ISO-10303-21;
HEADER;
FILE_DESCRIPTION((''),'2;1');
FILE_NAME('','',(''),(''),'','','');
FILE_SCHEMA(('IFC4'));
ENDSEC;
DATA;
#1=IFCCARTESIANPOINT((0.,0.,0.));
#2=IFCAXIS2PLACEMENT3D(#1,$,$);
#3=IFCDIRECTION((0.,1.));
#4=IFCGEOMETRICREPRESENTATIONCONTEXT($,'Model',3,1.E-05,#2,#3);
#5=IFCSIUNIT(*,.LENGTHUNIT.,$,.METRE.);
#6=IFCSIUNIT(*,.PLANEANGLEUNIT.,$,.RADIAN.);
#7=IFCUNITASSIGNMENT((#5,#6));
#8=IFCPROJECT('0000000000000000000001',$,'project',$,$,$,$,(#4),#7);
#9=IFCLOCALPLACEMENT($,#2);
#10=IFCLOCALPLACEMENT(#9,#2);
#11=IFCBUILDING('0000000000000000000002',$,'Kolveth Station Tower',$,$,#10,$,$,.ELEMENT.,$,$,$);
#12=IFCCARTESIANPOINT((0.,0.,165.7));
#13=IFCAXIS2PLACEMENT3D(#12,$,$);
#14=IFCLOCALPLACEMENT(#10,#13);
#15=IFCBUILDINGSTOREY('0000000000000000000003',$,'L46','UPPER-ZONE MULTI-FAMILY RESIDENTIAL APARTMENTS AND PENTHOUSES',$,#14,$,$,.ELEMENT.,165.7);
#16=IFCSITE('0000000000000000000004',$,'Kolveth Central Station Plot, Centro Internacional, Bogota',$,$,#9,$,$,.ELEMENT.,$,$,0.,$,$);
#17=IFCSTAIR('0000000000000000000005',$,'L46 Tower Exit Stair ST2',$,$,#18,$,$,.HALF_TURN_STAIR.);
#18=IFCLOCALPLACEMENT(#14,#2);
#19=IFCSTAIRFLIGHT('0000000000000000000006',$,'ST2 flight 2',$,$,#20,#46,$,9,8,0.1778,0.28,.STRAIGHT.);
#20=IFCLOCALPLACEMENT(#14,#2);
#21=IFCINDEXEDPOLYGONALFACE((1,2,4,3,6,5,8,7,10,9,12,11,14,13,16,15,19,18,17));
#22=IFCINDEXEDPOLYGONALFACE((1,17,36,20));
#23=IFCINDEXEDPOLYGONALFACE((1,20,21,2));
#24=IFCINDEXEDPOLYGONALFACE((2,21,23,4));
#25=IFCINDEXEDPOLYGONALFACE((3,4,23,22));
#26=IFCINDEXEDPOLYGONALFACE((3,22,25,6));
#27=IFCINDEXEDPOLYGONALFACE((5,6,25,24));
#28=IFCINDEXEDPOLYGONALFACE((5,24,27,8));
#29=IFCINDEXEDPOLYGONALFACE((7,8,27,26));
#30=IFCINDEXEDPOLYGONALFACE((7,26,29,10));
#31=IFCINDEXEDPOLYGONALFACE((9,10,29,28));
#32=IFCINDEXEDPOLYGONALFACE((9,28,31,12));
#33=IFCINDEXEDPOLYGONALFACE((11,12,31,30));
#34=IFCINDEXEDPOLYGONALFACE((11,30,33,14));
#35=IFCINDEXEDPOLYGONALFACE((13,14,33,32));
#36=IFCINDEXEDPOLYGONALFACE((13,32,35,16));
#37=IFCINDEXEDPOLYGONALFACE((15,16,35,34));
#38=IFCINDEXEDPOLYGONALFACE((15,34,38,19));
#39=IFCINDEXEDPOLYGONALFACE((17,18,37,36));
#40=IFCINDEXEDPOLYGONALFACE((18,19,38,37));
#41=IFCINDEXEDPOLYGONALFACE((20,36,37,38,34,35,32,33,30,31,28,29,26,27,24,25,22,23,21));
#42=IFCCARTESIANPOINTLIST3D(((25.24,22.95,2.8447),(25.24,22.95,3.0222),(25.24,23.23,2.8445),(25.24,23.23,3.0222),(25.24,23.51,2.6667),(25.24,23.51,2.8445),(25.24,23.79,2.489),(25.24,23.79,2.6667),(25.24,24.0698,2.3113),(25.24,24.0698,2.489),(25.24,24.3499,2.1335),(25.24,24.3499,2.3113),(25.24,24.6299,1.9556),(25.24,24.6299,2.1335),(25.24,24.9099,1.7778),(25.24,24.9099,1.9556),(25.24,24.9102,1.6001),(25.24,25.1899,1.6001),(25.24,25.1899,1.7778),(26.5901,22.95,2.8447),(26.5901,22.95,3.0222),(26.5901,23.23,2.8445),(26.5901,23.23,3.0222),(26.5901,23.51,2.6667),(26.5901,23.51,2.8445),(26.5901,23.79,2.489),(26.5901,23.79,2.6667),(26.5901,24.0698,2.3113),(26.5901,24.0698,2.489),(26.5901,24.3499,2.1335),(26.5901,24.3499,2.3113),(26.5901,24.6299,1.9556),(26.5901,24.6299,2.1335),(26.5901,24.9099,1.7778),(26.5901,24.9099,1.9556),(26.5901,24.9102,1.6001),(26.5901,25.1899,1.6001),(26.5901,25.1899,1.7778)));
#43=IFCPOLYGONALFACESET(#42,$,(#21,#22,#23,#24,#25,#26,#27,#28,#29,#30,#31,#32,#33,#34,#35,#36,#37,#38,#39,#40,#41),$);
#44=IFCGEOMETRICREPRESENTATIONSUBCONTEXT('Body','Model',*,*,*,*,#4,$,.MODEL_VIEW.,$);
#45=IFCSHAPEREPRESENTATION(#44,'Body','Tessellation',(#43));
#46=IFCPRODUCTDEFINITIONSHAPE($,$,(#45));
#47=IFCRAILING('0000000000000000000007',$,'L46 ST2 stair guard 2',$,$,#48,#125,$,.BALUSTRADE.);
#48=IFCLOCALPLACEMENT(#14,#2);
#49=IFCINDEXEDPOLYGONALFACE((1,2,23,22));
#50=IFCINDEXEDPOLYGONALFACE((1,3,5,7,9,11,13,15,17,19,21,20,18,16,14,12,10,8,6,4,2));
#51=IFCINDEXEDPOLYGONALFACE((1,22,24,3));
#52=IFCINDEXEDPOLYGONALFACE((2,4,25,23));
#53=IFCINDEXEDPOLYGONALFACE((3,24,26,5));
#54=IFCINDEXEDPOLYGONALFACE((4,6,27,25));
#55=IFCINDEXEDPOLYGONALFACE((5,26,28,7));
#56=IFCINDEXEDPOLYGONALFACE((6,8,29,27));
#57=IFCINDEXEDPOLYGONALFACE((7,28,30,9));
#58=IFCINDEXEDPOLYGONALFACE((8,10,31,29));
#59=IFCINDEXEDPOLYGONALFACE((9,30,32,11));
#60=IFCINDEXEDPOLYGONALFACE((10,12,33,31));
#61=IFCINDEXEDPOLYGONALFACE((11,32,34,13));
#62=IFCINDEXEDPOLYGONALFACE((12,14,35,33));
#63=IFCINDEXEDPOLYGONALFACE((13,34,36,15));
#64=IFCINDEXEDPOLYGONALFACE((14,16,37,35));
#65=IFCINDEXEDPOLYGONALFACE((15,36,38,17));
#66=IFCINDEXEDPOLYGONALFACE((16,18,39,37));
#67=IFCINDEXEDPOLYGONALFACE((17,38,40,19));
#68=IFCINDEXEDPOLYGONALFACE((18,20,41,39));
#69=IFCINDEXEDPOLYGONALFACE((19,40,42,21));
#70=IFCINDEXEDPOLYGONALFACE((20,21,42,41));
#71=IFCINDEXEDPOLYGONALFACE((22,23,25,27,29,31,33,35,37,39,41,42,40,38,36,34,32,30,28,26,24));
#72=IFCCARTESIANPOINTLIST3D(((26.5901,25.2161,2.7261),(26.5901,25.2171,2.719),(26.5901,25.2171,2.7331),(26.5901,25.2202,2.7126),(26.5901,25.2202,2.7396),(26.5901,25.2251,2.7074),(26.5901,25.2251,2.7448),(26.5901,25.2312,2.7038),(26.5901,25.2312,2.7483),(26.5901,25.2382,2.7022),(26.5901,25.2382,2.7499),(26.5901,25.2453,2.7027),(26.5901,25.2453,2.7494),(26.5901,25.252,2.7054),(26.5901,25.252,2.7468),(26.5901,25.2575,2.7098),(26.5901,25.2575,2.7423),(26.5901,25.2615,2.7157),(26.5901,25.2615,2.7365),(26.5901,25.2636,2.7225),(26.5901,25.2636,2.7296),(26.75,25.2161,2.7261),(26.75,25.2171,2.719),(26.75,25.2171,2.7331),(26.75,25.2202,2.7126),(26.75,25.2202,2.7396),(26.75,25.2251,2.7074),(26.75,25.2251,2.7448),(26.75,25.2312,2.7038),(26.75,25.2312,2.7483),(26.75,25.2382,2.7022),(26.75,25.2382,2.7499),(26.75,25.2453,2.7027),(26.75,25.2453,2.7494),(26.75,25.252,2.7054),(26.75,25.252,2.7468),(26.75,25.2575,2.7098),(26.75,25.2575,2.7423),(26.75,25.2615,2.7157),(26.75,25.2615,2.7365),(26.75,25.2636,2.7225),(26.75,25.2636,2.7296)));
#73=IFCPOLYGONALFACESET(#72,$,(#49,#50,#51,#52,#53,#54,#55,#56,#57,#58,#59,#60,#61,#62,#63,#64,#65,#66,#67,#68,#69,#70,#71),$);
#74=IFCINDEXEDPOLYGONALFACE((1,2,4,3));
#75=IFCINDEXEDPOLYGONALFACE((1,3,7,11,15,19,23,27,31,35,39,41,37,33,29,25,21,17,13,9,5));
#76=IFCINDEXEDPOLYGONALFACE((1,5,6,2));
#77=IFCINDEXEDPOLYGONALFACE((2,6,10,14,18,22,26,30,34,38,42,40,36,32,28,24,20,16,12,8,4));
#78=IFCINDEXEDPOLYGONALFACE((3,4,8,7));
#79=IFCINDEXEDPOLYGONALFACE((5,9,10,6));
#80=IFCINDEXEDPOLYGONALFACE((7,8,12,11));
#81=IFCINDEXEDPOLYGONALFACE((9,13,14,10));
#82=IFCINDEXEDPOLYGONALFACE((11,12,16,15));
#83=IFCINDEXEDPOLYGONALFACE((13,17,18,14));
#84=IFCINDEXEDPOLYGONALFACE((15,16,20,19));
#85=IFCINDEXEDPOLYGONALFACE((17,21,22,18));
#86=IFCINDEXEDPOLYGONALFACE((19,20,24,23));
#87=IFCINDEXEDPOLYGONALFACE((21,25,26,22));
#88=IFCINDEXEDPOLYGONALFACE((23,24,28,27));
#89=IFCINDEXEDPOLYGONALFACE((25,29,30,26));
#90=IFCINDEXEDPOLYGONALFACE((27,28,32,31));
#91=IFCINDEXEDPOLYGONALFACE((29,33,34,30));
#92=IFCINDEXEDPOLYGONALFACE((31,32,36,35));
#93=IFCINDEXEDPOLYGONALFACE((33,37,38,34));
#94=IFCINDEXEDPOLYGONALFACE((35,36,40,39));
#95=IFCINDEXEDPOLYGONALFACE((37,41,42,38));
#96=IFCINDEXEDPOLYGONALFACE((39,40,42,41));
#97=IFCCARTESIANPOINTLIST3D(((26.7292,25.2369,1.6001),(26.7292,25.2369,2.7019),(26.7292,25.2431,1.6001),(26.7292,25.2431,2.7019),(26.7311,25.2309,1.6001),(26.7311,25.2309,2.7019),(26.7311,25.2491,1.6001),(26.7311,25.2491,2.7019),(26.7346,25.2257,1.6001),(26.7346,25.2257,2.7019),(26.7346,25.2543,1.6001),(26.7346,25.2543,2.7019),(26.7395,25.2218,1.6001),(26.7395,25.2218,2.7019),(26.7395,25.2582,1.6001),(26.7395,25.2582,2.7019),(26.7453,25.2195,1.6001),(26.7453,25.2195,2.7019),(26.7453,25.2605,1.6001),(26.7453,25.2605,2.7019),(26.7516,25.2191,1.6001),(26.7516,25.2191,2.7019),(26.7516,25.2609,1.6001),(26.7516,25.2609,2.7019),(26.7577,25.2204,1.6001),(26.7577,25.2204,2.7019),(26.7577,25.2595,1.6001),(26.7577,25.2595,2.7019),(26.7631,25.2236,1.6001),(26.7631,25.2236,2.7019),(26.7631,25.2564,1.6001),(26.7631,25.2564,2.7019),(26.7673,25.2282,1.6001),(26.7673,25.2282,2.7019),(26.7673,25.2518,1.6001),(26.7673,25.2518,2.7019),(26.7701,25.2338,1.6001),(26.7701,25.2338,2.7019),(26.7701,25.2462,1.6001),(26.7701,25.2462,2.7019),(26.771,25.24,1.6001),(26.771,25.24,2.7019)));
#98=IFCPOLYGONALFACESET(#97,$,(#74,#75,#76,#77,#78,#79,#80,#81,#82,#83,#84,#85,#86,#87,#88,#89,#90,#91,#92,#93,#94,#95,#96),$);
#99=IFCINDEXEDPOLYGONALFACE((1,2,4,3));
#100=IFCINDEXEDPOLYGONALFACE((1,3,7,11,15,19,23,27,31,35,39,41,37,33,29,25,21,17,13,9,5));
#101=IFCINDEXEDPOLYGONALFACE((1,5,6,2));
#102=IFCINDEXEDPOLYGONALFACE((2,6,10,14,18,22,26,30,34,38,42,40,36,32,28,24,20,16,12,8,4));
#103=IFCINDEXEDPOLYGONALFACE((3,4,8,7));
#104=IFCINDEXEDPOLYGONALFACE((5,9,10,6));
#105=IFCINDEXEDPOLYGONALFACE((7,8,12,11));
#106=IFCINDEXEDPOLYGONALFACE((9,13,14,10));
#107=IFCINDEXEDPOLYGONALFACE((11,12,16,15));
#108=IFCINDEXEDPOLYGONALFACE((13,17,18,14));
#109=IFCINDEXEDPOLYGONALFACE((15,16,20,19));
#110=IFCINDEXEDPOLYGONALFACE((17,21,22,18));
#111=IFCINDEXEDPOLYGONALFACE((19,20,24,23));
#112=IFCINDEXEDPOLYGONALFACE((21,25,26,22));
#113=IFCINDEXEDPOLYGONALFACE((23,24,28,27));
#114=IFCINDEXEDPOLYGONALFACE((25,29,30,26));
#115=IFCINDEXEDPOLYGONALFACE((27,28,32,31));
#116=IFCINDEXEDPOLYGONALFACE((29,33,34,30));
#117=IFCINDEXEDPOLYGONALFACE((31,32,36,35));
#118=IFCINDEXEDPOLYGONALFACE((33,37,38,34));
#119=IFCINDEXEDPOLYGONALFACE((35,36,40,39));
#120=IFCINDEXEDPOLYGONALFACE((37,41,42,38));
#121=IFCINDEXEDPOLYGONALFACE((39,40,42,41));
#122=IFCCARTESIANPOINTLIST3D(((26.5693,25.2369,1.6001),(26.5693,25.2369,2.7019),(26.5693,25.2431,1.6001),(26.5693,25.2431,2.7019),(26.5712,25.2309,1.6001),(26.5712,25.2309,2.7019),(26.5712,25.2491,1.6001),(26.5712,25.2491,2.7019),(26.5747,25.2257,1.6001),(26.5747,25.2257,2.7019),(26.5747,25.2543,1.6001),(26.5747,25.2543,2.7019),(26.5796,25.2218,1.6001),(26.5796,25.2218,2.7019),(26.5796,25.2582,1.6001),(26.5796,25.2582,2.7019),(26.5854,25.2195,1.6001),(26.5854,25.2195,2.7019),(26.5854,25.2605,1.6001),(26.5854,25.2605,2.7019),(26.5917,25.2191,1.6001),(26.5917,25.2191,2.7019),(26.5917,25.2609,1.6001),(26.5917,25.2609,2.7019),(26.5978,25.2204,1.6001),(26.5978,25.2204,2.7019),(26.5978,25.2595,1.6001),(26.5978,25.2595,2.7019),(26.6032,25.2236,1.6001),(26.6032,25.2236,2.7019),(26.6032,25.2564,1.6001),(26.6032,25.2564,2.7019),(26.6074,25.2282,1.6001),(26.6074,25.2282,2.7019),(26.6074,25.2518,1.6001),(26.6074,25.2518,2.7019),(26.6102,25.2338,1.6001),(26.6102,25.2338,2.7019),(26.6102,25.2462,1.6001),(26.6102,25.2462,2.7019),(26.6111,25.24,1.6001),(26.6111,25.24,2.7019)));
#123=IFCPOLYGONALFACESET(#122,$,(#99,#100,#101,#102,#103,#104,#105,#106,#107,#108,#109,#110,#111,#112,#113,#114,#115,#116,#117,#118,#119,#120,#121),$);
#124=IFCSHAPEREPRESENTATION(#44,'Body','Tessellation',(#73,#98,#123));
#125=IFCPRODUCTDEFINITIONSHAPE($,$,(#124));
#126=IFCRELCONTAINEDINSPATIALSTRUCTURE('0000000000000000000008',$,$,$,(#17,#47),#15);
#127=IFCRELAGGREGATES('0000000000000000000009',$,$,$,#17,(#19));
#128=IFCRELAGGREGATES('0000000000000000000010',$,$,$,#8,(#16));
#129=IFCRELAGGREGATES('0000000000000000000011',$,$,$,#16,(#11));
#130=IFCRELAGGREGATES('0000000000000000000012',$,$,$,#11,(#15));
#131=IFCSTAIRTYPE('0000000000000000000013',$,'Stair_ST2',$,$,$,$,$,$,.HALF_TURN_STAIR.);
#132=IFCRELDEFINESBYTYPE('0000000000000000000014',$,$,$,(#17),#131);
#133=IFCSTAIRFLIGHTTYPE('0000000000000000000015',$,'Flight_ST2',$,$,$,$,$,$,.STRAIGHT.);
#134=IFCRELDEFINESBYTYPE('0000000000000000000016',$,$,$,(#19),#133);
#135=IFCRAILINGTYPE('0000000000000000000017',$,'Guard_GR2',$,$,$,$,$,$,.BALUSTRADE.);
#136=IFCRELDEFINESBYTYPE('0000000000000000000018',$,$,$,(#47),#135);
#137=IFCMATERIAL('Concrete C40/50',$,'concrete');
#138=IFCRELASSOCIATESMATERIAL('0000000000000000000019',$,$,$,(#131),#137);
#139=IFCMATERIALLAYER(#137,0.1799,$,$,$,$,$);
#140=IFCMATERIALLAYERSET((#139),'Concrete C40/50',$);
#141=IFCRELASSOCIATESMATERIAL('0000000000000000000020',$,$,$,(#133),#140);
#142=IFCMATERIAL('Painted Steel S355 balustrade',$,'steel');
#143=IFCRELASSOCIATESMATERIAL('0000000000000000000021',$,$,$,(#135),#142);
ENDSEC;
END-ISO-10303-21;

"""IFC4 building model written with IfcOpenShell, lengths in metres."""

from ifc_helpers import new_model, si_unit, direction, frame, origin, origin_2d, place, context, subcontext, project, spatial, polyline, circle, outline, extrude, material, layer, layer_set, type_object, element, aggregate, save


model = new_model("IFC4")

# Units and contexts
model_context = context("Model", 3, precision=1e-05, world=origin(), true_north=direction((0.0, 1.0)))
body_context = subcontext(model_context, "Body", "Model", "MODEL_VIEW")
ifc_project = project(units=[si_unit("LENGTHUNIT", "METRE"), si_unit("PLANEANGLEUNIT", "RADIAN")], contexts=[model_context])

# Site, building, storey
site_placement = place(None, origin())
site = spatial("IfcSite", under=ifc_project, at=site_placement, Name="Kolveth Central Station Plot, Centro Internacional, Bogota", CompositionType="ELEMENT", RefElevation=0.0)
building_placement = place(site_placement, origin())
building = spatial("IfcBuilding", under=site, at=building_placement, Name="Kolveth Station Tower", CompositionType="ELEMENT")
storey_placement = place(building_placement, frame((0.0, 0.0, 165.7)))
storey = spatial("IfcBuildingStorey", under=building, at=storey_placement, Name="L46", Description="UPPER-ZONE MULTI-FAMILY RESIDENTIAL APARTMENTS AND PENTHOUSES", CompositionType="ELEMENT", Elevation=165.7)

# Stair, stair flight
ifc_material_1 = material(Name="Concrete C40/50", Category="concrete")
stair_type = type_object("IfcStairType", Name="Stair_ST2", PredefinedType="HALF_TURN_STAIR", material=ifc_material_1)
stair_placement = place(storey_placement, origin())
stair = element("IfcStair", 1, at=stair_placement, inside=storey, type_object=stair_type, Name="L46 Tower Exit Stair ST2", PredefinedType="HALF_TURN_STAIR")
ifc_layer_1 = layer(ifc_material_1, 0.1799)
ifc_layer_set_1 = layer_set([ifc_layer_1], Name="Concrete C40/50")
stair_flight_type = type_object("IfcStairFlightType", Name="Flight_ST2", PredefinedType="STRAIGHT", material=ifc_layer_set_1)
stair_flight_placement = place(storey_placement, frame((25.915, 25.1899, 1.6001), z_axis=(0.0, 0.0, 1.0), x_axis=(0.0, -1.0, 0.0)))
stair_flight = element("IfcStairFlight", 2, at=stair_flight_placement, type_object=stair_flight_type, Name="ST2 flight 2", NumberOfRisers=9, NumberOfTreads=8, PredefinedType="STRAIGHT", RiserHeight=0.1778, TreadLength=0.28, context=body_context, shape_type="SweptSolid", body=[
    extrude(outline(polyline([(0.0, 0.0), (0.0, 0.1777), (0.28, 0.1777), (0.28, 0.3555), (0.5601, 0.3555), (0.5601, 0.5334), (0.8401, 0.5334), (0.8401, 0.7112), (1.1201, 0.7112), (1.1201, 0.8889), (1.3999, 0.8889), (1.3999, 1.0667), (1.6799, 1.0667), (1.6799, 1.2444), (1.96, 1.2444), (1.96, 1.4221), (2.24, 1.4221), (2.24, 1.6001), (2.24, 1.2446), (0.2798, 0.0), (0.0, 0.0)])), frame((0.0, 0.675, 0.0), z_axis=(0.0, -1.0, 0.0), x_axis=(1.0, 0.0, 0.0)), (0.0, 0.0, 1.0), 1.3501),
])
aggregate(stair, [stair_flight])

# Railing
ifc_material_2 = material(Name="Painted Steel S355 balustrade", Category="steel")
railing_type_1 = type_object("IfcRailingType", Name="Guard_GR2", PredefinedType="BALUSTRADE", material=ifc_material_2)
railing_1_placement = place(storey_placement, frame((26.75, 25.24, 1.6001)))
element("IfcRailing", 3, at=railing_1_placement, inside=storey, type_object=railing_type_1, Name="L46 ST2 stair guard 2", PredefinedType="BALUSTRADE", context=body_context, shape_type="SweptSolid", body=[
    extrude(circle(Radius=0.0239, at=origin_2d()), frame((0.0, 0.0, 1.126), z_axis=(-1.0, 0.0, 0.0), x_axis=(0.0, -1.0, 0.0)), (0.0, 0.0, 1.0), 0.1599),
    extrude(circle(Radius=0.021, at=origin_2d()), origin(), (0.0, 0.0, 1.0), 1.1018),
    extrude(circle(Radius=0.021, at=origin_2d()), frame((-0.1599, 0.0, 0.0)), (0.0, 0.0, 1.0), 1.1018),
])

save(model, "model.ifc")
